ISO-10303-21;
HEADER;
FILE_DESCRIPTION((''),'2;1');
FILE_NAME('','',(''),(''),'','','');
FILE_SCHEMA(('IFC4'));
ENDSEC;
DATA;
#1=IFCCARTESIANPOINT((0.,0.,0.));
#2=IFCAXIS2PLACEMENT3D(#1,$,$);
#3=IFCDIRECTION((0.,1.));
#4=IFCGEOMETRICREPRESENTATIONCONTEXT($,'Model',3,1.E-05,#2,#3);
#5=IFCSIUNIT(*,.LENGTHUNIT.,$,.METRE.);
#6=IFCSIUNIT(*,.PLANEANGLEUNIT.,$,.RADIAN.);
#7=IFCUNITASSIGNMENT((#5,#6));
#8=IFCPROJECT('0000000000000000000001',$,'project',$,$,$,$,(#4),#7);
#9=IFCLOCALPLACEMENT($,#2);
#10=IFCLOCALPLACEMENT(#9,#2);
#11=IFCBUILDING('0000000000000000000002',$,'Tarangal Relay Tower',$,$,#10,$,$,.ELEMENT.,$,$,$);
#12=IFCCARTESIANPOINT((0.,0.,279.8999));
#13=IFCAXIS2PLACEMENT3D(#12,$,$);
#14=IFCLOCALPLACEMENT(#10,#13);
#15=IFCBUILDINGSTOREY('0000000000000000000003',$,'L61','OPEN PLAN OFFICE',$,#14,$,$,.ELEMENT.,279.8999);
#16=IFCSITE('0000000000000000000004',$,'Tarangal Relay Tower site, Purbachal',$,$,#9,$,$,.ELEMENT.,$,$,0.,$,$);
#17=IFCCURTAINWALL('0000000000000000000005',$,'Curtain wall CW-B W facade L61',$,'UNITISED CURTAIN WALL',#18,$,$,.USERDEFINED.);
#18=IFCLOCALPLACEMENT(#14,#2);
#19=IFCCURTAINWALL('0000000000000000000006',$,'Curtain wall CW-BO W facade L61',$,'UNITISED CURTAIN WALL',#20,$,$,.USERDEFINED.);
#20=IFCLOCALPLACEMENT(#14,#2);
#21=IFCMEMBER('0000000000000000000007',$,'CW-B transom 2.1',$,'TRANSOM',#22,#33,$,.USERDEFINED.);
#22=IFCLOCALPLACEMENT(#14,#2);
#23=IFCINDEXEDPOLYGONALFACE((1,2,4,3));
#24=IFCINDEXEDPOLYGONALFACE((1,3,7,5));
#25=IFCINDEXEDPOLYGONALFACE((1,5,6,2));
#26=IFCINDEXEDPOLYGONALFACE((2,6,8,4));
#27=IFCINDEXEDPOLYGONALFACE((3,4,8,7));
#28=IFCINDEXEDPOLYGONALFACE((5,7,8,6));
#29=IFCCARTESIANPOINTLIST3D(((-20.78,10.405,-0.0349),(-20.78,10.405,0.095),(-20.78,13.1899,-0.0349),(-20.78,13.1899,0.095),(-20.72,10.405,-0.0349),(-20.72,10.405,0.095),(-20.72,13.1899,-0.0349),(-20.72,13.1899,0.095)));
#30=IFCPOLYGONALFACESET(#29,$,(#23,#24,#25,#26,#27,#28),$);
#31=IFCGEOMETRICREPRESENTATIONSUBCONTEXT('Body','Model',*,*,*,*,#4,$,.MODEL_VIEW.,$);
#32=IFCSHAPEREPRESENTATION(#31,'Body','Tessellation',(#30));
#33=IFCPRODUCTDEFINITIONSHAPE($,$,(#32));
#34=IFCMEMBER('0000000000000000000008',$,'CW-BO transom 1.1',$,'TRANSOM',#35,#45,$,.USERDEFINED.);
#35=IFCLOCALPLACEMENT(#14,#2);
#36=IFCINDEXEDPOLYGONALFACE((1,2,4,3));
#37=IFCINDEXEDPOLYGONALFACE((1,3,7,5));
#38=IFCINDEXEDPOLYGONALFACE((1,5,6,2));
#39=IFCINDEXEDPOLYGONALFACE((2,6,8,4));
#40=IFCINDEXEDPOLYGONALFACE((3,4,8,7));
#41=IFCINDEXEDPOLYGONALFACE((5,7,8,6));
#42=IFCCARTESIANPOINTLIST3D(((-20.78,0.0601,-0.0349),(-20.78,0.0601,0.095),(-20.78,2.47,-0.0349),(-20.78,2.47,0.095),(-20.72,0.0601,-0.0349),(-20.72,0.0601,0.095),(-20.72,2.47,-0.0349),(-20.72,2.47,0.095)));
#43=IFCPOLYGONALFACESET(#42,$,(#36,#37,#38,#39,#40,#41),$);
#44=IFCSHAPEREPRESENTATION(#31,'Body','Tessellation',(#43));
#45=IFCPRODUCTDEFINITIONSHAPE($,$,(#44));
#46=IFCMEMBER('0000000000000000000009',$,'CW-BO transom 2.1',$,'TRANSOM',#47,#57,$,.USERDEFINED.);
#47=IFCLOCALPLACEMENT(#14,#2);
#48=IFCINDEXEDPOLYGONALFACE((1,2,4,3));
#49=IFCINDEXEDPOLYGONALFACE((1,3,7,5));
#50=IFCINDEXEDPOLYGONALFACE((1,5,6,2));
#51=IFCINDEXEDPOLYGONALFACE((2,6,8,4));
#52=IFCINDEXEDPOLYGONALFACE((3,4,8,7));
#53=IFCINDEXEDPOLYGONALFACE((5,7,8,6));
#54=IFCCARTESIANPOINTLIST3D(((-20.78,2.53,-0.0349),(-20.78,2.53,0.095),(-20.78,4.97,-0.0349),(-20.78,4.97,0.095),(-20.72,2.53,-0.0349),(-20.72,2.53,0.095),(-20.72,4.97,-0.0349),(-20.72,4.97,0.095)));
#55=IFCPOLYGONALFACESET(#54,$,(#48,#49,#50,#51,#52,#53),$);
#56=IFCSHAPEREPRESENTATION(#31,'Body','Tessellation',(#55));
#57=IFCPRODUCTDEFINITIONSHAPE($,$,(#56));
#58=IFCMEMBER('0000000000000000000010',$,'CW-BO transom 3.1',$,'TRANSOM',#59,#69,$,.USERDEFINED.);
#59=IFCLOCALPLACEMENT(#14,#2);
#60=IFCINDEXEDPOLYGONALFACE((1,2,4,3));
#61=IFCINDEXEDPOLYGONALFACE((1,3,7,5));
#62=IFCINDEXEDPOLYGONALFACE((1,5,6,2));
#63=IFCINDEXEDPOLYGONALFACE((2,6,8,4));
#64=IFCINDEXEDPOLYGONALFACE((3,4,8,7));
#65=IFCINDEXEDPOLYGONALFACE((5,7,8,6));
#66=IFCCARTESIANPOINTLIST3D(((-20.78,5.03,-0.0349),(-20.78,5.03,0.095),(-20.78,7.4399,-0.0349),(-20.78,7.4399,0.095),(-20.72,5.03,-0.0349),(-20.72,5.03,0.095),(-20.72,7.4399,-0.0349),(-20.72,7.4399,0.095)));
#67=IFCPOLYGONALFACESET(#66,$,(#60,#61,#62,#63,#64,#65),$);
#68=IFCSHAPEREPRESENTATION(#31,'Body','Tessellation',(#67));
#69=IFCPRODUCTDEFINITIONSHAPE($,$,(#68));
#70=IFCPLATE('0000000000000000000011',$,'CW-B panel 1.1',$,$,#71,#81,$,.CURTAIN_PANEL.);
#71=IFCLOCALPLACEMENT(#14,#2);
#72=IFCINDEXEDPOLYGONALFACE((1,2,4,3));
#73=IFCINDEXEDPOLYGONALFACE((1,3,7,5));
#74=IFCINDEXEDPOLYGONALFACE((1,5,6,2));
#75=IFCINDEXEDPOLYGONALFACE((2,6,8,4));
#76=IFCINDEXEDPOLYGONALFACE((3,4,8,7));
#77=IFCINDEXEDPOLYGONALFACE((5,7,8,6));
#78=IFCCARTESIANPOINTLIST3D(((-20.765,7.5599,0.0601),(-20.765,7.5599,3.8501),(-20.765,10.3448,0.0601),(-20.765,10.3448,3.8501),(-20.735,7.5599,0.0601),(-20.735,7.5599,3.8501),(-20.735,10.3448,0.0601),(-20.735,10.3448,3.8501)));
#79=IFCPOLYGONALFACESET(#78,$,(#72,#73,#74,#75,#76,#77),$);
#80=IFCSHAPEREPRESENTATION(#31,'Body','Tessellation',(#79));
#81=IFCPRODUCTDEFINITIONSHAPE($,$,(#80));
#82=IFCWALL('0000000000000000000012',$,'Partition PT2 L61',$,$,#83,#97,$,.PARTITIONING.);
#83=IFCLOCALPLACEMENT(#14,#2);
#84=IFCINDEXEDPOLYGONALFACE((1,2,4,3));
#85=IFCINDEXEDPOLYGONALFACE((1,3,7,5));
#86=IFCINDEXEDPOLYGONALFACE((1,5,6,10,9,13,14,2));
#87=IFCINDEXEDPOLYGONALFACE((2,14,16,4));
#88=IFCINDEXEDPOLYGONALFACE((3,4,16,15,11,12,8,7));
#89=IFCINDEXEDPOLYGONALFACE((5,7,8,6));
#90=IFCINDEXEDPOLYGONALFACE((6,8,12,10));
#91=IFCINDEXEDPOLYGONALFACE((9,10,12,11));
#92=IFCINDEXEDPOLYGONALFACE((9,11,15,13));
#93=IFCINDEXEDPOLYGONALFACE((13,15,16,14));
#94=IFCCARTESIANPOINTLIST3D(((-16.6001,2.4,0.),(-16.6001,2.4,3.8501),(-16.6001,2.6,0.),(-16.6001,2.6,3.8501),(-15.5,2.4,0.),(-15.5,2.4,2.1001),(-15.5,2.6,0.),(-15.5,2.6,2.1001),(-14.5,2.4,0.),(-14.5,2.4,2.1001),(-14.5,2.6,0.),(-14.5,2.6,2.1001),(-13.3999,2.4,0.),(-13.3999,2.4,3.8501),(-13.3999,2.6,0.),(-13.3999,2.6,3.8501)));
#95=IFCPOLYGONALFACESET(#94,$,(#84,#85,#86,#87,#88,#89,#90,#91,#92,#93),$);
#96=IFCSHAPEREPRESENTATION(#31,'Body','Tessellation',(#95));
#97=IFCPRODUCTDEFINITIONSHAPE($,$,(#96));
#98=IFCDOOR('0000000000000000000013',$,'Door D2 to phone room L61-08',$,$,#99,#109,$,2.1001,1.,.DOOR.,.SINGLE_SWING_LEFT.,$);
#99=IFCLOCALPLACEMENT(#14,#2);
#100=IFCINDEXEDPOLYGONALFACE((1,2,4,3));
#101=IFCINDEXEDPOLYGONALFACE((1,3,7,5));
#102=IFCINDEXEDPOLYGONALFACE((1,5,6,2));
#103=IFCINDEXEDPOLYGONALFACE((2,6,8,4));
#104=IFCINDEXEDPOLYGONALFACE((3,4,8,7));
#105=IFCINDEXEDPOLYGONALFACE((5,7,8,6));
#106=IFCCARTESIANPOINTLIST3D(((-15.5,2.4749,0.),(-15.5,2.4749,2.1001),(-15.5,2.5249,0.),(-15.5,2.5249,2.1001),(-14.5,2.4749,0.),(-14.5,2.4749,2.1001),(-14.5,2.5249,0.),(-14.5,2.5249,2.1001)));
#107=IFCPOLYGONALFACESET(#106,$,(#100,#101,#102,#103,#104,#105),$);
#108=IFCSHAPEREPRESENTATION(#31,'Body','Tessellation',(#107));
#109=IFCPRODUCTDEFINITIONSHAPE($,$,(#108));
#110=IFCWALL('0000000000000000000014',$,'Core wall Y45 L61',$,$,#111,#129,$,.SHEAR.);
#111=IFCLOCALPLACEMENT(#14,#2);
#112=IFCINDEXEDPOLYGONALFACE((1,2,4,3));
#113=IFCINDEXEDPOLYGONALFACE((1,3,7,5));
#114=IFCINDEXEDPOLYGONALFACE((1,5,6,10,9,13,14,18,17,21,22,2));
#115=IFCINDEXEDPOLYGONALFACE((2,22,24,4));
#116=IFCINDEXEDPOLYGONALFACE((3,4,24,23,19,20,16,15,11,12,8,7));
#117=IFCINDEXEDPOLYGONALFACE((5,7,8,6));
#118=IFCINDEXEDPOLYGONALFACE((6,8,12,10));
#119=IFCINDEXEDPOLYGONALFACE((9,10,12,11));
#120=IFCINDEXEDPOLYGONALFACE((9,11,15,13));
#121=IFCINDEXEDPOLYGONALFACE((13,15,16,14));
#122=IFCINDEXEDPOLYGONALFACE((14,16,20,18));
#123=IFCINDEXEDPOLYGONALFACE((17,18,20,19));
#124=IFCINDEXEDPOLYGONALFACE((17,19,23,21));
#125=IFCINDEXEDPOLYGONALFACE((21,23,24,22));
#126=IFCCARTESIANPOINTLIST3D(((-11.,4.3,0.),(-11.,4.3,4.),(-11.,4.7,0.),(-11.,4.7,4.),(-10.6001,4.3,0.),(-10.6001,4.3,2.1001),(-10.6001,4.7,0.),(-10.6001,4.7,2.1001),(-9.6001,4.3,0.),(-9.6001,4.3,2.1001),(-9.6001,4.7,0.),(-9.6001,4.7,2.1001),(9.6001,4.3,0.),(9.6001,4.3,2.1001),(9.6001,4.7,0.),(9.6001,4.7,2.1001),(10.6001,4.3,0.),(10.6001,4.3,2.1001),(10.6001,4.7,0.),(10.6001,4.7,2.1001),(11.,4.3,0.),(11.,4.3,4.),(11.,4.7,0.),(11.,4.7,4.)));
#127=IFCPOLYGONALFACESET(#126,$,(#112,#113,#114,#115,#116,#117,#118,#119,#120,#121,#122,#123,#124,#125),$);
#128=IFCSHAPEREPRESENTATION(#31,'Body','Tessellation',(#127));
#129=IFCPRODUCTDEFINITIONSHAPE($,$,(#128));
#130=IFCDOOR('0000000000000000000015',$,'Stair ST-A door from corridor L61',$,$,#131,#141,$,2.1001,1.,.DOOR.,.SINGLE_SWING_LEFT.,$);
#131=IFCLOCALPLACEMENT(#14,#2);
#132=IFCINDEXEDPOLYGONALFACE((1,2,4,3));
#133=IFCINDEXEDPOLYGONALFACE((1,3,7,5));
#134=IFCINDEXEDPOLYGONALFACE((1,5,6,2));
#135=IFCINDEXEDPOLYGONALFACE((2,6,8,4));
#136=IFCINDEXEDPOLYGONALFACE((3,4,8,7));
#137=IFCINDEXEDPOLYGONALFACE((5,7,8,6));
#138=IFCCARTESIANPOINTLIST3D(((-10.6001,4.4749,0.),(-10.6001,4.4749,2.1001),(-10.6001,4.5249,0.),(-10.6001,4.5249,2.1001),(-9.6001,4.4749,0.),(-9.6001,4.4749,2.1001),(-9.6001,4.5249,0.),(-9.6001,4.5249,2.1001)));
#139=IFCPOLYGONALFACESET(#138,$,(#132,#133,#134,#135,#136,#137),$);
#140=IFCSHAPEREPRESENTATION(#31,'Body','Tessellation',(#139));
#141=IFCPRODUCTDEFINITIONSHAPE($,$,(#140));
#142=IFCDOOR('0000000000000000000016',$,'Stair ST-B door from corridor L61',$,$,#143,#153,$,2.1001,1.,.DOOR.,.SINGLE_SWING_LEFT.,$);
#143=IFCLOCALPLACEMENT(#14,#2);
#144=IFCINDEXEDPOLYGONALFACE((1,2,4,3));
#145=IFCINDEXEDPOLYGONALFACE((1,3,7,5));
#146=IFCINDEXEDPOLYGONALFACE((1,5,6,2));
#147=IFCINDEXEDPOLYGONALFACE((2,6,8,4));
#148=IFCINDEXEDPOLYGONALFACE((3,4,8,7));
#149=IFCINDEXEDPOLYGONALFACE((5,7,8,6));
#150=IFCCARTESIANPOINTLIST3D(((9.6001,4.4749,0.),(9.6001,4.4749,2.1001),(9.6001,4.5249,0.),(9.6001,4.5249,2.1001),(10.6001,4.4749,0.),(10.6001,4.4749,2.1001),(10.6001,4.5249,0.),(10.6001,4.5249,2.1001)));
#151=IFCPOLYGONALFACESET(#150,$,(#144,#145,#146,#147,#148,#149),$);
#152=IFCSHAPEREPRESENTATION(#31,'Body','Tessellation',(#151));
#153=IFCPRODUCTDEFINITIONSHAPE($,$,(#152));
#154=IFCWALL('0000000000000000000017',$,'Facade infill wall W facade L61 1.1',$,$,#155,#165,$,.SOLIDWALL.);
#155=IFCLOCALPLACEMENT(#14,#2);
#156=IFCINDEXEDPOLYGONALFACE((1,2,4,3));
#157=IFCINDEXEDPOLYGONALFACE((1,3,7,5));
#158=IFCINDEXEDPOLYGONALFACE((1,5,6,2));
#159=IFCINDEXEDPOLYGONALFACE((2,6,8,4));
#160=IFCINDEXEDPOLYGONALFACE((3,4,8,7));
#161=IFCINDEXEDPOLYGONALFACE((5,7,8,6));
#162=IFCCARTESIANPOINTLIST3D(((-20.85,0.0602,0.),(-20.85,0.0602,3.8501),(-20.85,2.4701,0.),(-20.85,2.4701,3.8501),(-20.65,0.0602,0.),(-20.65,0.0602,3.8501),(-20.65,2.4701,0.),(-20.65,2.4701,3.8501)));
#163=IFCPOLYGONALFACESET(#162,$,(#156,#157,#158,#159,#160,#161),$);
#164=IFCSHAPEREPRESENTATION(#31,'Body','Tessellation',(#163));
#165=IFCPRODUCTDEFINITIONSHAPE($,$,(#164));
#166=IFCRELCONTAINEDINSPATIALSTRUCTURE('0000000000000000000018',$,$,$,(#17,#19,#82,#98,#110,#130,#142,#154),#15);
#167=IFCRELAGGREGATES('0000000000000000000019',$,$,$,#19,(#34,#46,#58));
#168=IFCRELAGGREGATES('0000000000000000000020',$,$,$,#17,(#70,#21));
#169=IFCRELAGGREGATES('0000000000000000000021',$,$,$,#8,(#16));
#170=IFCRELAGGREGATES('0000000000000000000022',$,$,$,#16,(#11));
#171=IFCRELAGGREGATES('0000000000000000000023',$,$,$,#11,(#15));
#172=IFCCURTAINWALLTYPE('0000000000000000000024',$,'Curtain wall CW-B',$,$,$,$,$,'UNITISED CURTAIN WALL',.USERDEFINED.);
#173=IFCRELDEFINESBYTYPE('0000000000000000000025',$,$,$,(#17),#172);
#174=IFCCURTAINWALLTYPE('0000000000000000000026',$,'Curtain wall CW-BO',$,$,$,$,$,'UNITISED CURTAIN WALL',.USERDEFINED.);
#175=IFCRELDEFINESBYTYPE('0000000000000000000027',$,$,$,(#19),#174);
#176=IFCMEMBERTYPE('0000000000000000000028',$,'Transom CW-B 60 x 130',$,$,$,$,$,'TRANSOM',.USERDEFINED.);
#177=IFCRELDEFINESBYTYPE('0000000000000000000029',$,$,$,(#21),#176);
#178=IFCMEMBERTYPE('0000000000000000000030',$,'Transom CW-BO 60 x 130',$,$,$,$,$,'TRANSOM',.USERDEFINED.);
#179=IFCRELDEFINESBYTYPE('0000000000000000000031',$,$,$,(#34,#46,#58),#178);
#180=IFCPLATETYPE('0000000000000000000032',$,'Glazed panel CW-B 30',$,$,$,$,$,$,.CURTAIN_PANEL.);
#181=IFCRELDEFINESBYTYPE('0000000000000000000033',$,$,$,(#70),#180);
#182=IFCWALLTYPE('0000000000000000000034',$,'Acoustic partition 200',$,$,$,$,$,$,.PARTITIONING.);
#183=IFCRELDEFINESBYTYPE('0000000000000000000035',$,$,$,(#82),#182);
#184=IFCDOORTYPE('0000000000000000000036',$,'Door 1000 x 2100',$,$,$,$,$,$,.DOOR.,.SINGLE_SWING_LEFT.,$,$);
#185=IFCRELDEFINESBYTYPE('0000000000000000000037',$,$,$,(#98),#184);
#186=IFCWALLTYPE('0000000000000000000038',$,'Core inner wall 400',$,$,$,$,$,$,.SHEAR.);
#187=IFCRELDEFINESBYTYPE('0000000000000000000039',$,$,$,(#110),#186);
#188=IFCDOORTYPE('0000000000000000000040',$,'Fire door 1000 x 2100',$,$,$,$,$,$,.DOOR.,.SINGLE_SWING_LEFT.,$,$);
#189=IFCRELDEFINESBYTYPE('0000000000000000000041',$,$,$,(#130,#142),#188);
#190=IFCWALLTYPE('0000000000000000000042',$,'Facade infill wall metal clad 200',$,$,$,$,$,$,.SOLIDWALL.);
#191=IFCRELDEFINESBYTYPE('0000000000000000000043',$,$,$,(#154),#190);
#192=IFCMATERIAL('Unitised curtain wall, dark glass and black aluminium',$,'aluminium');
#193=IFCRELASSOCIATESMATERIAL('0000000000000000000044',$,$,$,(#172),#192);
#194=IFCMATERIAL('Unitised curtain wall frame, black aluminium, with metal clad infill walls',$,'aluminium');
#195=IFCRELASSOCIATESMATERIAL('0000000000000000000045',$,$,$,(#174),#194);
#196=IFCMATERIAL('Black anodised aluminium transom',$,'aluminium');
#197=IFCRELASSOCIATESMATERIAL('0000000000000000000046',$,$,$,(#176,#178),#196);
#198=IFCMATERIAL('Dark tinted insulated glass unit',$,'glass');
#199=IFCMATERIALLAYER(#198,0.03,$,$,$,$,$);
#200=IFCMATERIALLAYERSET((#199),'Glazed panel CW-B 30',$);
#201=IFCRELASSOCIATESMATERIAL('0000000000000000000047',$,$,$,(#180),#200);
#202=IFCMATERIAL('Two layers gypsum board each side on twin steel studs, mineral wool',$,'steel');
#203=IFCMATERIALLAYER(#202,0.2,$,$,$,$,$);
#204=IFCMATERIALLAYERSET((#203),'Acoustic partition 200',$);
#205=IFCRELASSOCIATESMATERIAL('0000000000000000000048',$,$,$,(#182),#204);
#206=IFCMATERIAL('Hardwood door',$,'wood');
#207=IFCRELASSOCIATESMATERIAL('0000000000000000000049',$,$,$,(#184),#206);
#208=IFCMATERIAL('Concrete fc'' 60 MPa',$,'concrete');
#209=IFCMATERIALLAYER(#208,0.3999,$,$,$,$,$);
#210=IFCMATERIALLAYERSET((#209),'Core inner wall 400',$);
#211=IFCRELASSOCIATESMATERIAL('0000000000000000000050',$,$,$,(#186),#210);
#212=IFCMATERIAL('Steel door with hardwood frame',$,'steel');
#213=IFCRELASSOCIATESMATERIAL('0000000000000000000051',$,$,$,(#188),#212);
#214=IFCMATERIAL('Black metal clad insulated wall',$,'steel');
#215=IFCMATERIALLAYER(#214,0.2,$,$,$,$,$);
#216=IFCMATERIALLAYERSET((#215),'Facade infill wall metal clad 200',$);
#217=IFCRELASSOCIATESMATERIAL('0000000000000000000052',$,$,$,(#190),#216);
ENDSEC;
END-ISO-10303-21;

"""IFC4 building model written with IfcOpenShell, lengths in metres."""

from ifc_helpers import new_model, si_unit, direction, frame, frame_2d, origin, origin_2d, place, context, subcontext, project, spatial, rectangle, extrude, material, layer, layer_set, material_profile, profile_set, type_object, element, fill, aggregate, save


model = new_model("IFC4")

# Units and contexts
model_context = context("Model", 3, precision=1e-05, world=origin(), true_north=direction((0.0, 1.0)))
body_context = subcontext(model_context, "Body", "Model", "MODEL_VIEW")
ifc_project = project(units=[si_unit("LENGTHUNIT", "METRE"), si_unit("PLANEANGLEUNIT", "RADIAN")], contexts=[model_context])

# Site, building, storey
site_placement = place(None, origin())
site = spatial("IfcSite", under=ifc_project, at=site_placement, Name="Tarangal Relay Tower site, Purbachal", CompositionType="ELEMENT", RefElevation=0.0)
building_placement = place(site_placement, origin())
building = spatial("IfcBuilding", under=site, at=building_placement, Name="Tarangal Relay Tower", CompositionType="ELEMENT")
storey_placement = place(building_placement, frame((0.0, 0.0, 279.8999)))
storey = spatial("IfcBuildingStorey", under=building, at=storey_placement, Name="L61", Description="OPEN PLAN OFFICE", CompositionType="ELEMENT", Elevation=279.8999)

# Curtain walls
ifc_material_1 = material(Name="Unitised curtain wall, dark glass and black aluminium", Category="aluminium")
curtain_wall_type_1 = type_object("IfcCurtainWallType", Name="Curtain wall CW-B", ElementType="UNITISED CURTAIN WALL", PredefinedType="USERDEFINED", material=ifc_material_1)
curtain_wall_1_placement = place(storey_placement, origin())
curtain_wall_1 = element("IfcCurtainWall", 1, at=curtain_wall_1_placement, inside=storey, type_object=curtain_wall_type_1, Name="Curtain wall CW-B W facade L61", ObjectType="UNITISED CURTAIN WALL", PredefinedType="USERDEFINED")
ifc_material_2 = material(Name="Unitised curtain wall frame, black aluminium, with metal clad infill walls", Category="aluminium")
curtain_wall_type_2 = type_object("IfcCurtainWallType", Name="Curtain wall CW-BO", ElementType="UNITISED CURTAIN WALL", PredefinedType="USERDEFINED", material=ifc_material_2)
curtain_wall_2_placement = place(storey_placement, origin())
curtain_wall_2 = element("IfcCurtainWall", 2, at=curtain_wall_2_placement, inside=storey, type_object=curtain_wall_type_2, Name="Curtain wall CW-BO W facade L61", ObjectType="UNITISED CURTAIN WALL", PredefinedType="USERDEFINED")

# Members
ifc_material_3 = material(Name="Black anodised aluminium transom", Category="aluminium")
ifc_material_profile_1 = material_profile(ifc_material_3, rectangle(XDim=0.0601, YDim=0.1299, at=origin_2d()), Name="CW-BT 60X130")
ifc_profile_set_1 = profile_set([ifc_material_profile_1], Name="Black anodised aluminium transom")
member_type_1 = type_object("IfcMemberType", Name="Transom CW-B 60 x 130", ElementType="TRANSOM", PredefinedType="USERDEFINED", material=ifc_profile_set_1)
member_1_placement = place(storey_placement, frame((-20.75, 10.405, 0.03), z_axis=(0.0, 1.0, 0.0), x_axis=(-1.0, 0.0, 0.0)))
member_1 = element("IfcMember", 3, at=member_1_placement, type_object=member_type_1, Name="CW-B transom 2.1", ObjectType="TRANSOM", PredefinedType="USERDEFINED", context=body_context, shape_type="SweptSolid", body=[
    extrude(rectangle(XDim=0.0601, YDim=0.1299, at=origin_2d()), origin(), (0.0, 0.0, 1.0), 2.7849),
])
ifc_material_profile_2 = material_profile(ifc_material_3, rectangle(XDim=0.0601, YDim=0.1299, at=origin_2d()), Name="CW-BOT 60X130")
ifc_profile_set_2 = profile_set([ifc_material_profile_2], Name="Black anodised aluminium transom")
member_type_2 = type_object("IfcMemberType", Name="Transom CW-BO 60 x 130", ElementType="TRANSOM", PredefinedType="USERDEFINED", material=ifc_profile_set_2)
member_2_placement = place(storey_placement, frame((-20.75, 0.0601, 0.03), z_axis=(0.0, 1.0, 0.0), x_axis=(-1.0, 0.0, 0.0)))
member_2 = element("IfcMember", 4, at=member_2_placement, type_object=member_type_2, Name="CW-BO transom 1.1", ObjectType="TRANSOM", PredefinedType="USERDEFINED", context=body_context, shape_type="SweptSolid", body=[
    extrude(rectangle(XDim=0.0601, YDim=0.1299, at=origin_2d()), origin(), (0.0, 0.0, 1.0), 2.4099),
])
member_3_placement = place(storey_placement, frame((-20.75, 2.53, 0.03), z_axis=(0.0, 1.0, 0.0), x_axis=(-1.0, 0.0, 0.0)))
member_3 = element("IfcMember", 5, at=member_3_placement, type_object=member_type_2, Name="CW-BO transom 2.1", ObjectType="TRANSOM", PredefinedType="USERDEFINED", context=body_context, shape_type="SweptSolid", body=[
    extrude(rectangle(XDim=0.0601, YDim=0.1299, at=origin_2d()), origin(), (0.0, 0.0, 1.0), 2.4399),
])
member_4_placement = place(storey_placement, frame((-20.75, 5.03, 0.03), z_axis=(0.0, 1.0, 0.0), x_axis=(-1.0, 0.0, 0.0)))
member_4 = element("IfcMember", 6, at=member_4_placement, type_object=member_type_2, Name="CW-BO transom 3.1", ObjectType="TRANSOM", PredefinedType="USERDEFINED", context=body_context, shape_type="SweptSolid", body=[
    extrude(rectangle(XDim=0.0601, YDim=0.1299, at=origin_2d()), origin(), (0.0, 0.0, 1.0), 2.4099),
])
aggregate(curtain_wall_2, [member_2, member_3, member_4])

# Plate
ifc_material_4 = material(Name="Dark tinted insulated glass unit", Category="glass")
ifc_layer_1 = layer(ifc_material_4, 0.03)
ifc_layer_set_1 = layer_set([ifc_layer_1], Name="Glazed panel CW-B 30")
plate_type = type_object("IfcPlateType", Name="Glazed panel CW-B 30", PredefinedType="CURTAIN_PANEL", material=ifc_layer_set_1)
plate_placement = place(storey_placement, frame((-20.75, 8.9524, 0.0601), z_axis=(0.0, 0.0, 1.0), x_axis=(0.0, 1.0, 0.0)))
plate = element("IfcPlate", 7, at=plate_placement, type_object=plate_type, Name="CW-B panel 1.1", PredefinedType="CURTAIN_PANEL", context=body_context, shape_type="SweptSolid", body=[
    extrude(rectangle(XDim=2.7849, YDim=0.03, at=origin_2d()), origin(), (0.0, 0.0, 1.0), 3.79),
])
aggregate(curtain_wall_1, [plate, member_1])

# Wall, opening, door
ifc_material_5 = material(Name="Two layers gypsum board each side on twin steel studs, mineral wool", Category="steel")
ifc_layer_2 = layer(ifc_material_5, 0.2)
ifc_layer_set_2 = layer_set([ifc_layer_2], Name="Acoustic partition 200")
wall_type_1 = type_object("IfcWallType", Name="Acoustic partition 200", PredefinedType="PARTITIONING", material=ifc_layer_set_2)
wall_1_placement = place(storey_placement, frame((-16.6001, 2.5, 0.0), z_axis=(0.0, 0.0, 1.0), x_axis=(1.0, 0.0, 0.0)))
wall_1 = element("IfcWall", 8, at=wall_1_placement, inside=storey, type_object=wall_type_1, Name="Partition PT2 L61", PredefinedType="PARTITIONING", context=body_context, shape_type="SweptSolid", body=[
    extrude(rectangle(XDim=3.2002, YDim=0.2, at=frame_2d((1.6001, 0.0))), origin(), (0.0, 0.0, 1.0), 3.8501),
])
opening_1_placement = place(wall_1_placement, frame((1.1001, 0.0, 0.0)))
opening_1 = element("IfcOpeningElement", 9, at=opening_1_placement, cuts=wall_1, PredefinedType="OPENING", context=body_context, shape_type="SweptSolid", body=[
    extrude(rectangle(XDim=1.0, YDim=2.1001, at=frame_2d((0.5, 1.05))), frame((0.0, 0.1099, 0.0), z_axis=(0.0, -1.0, 0.0), x_axis=(1.0, 0.0, 0.0)), (0.0, 0.0, 1.0), 0.22),
])
ifc_material_6 = material(Name="Hardwood door", Category="wood")
door_type_1 = type_object("IfcDoorType", Name="Door 1000 x 2100", OperationType="SINGLE_SWING_LEFT", PredefinedType="DOOR", material=ifc_material_6)
door_1_placement = place(opening_1_placement, origin())
door_1 = element("IfcDoor", 10, at=door_1_placement, inside=storey, type_object=door_type_1, Name="Door D2 to phone room L61-08", OperationType="SINGLE_SWING_LEFT", OverallHeight=2.1001, OverallWidth=1.0, PredefinedType="DOOR", context=body_context, shape_type="SweptSolid", body=[
    extrude(rectangle(XDim=1.0, YDim=2.1001, at=frame_2d((0.5, 1.05))), frame((0.0, 0.0249, 0.0), z_axis=(0.0, -1.0, 0.0), x_axis=(1.0, 0.0, 0.0)), (0.0, 0.0, 1.0), 0.05),
])
fill(opening_1, door_1)

# Wall, openings, doors
ifc_material_7 = material(Name="Concrete fc' 60 MPa", Category="concrete")
ifc_layer_3 = layer(ifc_material_7, 0.3999)
ifc_layer_set_3 = layer_set([ifc_layer_3], Name="Core inner wall 400")
wall_type_2 = type_object("IfcWallType", Name="Core inner wall 400", PredefinedType="SHEAR", material=ifc_layer_set_3)
wall_2_placement = place(storey_placement, frame((-11.0, 4.5, 0.0), z_axis=(0.0, 0.0, 1.0), x_axis=(1.0, 0.0, 0.0)))
wall_2 = element("IfcWall", 11, at=wall_2_placement, inside=storey, type_object=wall_type_2, Name="Core wall Y45 L61", PredefinedType="SHEAR", context=body_context, shape_type="SweptSolid", body=[
    extrude(rectangle(XDim=22.0, YDim=0.3999, at=frame_2d((11.0, 0.0))), origin(), (0.0, 0.0, 1.0), 4.0),
])
opening_2_placement = place(wall_2_placement, frame((0.3999, 0.0, 0.0)))
opening_2 = element("IfcOpeningElement", 12, at=opening_2_placement, cuts=wall_2, PredefinedType="OPENING", context=body_context, shape_type="SweptSolid", body=[
    extrude(rectangle(XDim=1.0, YDim=2.1001, at=frame_2d((0.5, 1.05))), frame((0.0, 0.21, 0.0), z_axis=(0.0, -1.0, 0.0), x_axis=(1.0, 0.0, 0.0)), (0.0, 0.0, 1.0), 0.4199),
])
opening_3_placement = place(wall_2_placement, frame((20.6001, 0.0, 0.0)))
opening_3 = element("IfcOpeningElement", 13, at=opening_3_placement, cuts=wall_2, PredefinedType="OPENING", context=body_context, shape_type="SweptSolid", body=[
    extrude(rectangle(XDim=1.0, YDim=2.1001, at=frame_2d((0.5, 1.05))), frame((0.0, 0.21, 0.0), z_axis=(0.0, -1.0, 0.0), x_axis=(1.0, 0.0, 0.0)), (0.0, 0.0, 1.0), 0.4199),
])
ifc_material_8 = material(Name="Steel door with hardwood frame", Category="steel")
door_type_2 = type_object("IfcDoorType", Name="Fire door 1000 x 2100", OperationType="SINGLE_SWING_LEFT", PredefinedType="DOOR", material=ifc_material_8)
door_2_placement = place(opening_2_placement, origin())
door_2 = element("IfcDoor", 14, at=door_2_placement, inside=storey, type_object=door_type_2, Name="Stair ST-A door from corridor L61", OperationType="SINGLE_SWING_LEFT", OverallHeight=2.1001, OverallWidth=1.0, PredefinedType="DOOR", context=body_context, shape_type="SweptSolid", body=[
    extrude(rectangle(XDim=1.0, YDim=2.1001, at=frame_2d((0.5, 1.05))), frame((0.0, 0.0249, 0.0), z_axis=(0.0, -1.0, 0.0), x_axis=(1.0, 0.0, 0.0)), (0.0, 0.0, 1.0), 0.05),
])
fill(opening_2, door_2)
door_3_placement = place(opening_3_placement, origin())
door_3 = element("IfcDoor", 15, at=door_3_placement, inside=storey, type_object=door_type_2, Name="Stair ST-B door from corridor L61", OperationType="SINGLE_SWING_LEFT", OverallHeight=2.1001, OverallWidth=1.0, PredefinedType="DOOR", context=body_context, shape_type="SweptSolid", body=[
    extrude(rectangle(XDim=1.0, YDim=2.1001, at=frame_2d((0.5, 1.05))), frame((0.0, 0.0249, 0.0), z_axis=(0.0, -1.0, 0.0), x_axis=(1.0, 0.0, 0.0)), (0.0, 0.0, 1.0), 0.05),
])
fill(opening_3, door_3)

# Wall
ifc_material_9 = material(Name="Black metal clad insulated wall", Category="steel")
ifc_layer_4 = layer(ifc_material_9, 0.2)
ifc_layer_set_4 = layer_set([ifc_layer_4], Name="Facade infill wall metal clad 200")
wall_type_3 = type_object("IfcWallType", Name="Facade infill wall metal clad 200", PredefinedType="SOLIDWALL", material=ifc_layer_set_4)
wall_3_placement = place(storey_placement, frame((-20.75, 0.0601, 0.0), z_axis=(0.0, 0.0, 1.0), x_axis=(0.0, 1.0, 0.0)))
element("IfcWall", 16, at=wall_3_placement, inside=storey, type_object=wall_type_3, Name="Facade infill wall W facade L61 1.1", PredefinedType="SOLIDWALL", context=body_context, shape_type="SweptSolid", body=[
    extrude(rectangle(XDim=2.4099, YDim=0.2, at=frame_2d((1.2051, 0.0))), origin(), (0.0, 0.0, 1.0), 3.8501),
])

save(model, "model.ifc")
